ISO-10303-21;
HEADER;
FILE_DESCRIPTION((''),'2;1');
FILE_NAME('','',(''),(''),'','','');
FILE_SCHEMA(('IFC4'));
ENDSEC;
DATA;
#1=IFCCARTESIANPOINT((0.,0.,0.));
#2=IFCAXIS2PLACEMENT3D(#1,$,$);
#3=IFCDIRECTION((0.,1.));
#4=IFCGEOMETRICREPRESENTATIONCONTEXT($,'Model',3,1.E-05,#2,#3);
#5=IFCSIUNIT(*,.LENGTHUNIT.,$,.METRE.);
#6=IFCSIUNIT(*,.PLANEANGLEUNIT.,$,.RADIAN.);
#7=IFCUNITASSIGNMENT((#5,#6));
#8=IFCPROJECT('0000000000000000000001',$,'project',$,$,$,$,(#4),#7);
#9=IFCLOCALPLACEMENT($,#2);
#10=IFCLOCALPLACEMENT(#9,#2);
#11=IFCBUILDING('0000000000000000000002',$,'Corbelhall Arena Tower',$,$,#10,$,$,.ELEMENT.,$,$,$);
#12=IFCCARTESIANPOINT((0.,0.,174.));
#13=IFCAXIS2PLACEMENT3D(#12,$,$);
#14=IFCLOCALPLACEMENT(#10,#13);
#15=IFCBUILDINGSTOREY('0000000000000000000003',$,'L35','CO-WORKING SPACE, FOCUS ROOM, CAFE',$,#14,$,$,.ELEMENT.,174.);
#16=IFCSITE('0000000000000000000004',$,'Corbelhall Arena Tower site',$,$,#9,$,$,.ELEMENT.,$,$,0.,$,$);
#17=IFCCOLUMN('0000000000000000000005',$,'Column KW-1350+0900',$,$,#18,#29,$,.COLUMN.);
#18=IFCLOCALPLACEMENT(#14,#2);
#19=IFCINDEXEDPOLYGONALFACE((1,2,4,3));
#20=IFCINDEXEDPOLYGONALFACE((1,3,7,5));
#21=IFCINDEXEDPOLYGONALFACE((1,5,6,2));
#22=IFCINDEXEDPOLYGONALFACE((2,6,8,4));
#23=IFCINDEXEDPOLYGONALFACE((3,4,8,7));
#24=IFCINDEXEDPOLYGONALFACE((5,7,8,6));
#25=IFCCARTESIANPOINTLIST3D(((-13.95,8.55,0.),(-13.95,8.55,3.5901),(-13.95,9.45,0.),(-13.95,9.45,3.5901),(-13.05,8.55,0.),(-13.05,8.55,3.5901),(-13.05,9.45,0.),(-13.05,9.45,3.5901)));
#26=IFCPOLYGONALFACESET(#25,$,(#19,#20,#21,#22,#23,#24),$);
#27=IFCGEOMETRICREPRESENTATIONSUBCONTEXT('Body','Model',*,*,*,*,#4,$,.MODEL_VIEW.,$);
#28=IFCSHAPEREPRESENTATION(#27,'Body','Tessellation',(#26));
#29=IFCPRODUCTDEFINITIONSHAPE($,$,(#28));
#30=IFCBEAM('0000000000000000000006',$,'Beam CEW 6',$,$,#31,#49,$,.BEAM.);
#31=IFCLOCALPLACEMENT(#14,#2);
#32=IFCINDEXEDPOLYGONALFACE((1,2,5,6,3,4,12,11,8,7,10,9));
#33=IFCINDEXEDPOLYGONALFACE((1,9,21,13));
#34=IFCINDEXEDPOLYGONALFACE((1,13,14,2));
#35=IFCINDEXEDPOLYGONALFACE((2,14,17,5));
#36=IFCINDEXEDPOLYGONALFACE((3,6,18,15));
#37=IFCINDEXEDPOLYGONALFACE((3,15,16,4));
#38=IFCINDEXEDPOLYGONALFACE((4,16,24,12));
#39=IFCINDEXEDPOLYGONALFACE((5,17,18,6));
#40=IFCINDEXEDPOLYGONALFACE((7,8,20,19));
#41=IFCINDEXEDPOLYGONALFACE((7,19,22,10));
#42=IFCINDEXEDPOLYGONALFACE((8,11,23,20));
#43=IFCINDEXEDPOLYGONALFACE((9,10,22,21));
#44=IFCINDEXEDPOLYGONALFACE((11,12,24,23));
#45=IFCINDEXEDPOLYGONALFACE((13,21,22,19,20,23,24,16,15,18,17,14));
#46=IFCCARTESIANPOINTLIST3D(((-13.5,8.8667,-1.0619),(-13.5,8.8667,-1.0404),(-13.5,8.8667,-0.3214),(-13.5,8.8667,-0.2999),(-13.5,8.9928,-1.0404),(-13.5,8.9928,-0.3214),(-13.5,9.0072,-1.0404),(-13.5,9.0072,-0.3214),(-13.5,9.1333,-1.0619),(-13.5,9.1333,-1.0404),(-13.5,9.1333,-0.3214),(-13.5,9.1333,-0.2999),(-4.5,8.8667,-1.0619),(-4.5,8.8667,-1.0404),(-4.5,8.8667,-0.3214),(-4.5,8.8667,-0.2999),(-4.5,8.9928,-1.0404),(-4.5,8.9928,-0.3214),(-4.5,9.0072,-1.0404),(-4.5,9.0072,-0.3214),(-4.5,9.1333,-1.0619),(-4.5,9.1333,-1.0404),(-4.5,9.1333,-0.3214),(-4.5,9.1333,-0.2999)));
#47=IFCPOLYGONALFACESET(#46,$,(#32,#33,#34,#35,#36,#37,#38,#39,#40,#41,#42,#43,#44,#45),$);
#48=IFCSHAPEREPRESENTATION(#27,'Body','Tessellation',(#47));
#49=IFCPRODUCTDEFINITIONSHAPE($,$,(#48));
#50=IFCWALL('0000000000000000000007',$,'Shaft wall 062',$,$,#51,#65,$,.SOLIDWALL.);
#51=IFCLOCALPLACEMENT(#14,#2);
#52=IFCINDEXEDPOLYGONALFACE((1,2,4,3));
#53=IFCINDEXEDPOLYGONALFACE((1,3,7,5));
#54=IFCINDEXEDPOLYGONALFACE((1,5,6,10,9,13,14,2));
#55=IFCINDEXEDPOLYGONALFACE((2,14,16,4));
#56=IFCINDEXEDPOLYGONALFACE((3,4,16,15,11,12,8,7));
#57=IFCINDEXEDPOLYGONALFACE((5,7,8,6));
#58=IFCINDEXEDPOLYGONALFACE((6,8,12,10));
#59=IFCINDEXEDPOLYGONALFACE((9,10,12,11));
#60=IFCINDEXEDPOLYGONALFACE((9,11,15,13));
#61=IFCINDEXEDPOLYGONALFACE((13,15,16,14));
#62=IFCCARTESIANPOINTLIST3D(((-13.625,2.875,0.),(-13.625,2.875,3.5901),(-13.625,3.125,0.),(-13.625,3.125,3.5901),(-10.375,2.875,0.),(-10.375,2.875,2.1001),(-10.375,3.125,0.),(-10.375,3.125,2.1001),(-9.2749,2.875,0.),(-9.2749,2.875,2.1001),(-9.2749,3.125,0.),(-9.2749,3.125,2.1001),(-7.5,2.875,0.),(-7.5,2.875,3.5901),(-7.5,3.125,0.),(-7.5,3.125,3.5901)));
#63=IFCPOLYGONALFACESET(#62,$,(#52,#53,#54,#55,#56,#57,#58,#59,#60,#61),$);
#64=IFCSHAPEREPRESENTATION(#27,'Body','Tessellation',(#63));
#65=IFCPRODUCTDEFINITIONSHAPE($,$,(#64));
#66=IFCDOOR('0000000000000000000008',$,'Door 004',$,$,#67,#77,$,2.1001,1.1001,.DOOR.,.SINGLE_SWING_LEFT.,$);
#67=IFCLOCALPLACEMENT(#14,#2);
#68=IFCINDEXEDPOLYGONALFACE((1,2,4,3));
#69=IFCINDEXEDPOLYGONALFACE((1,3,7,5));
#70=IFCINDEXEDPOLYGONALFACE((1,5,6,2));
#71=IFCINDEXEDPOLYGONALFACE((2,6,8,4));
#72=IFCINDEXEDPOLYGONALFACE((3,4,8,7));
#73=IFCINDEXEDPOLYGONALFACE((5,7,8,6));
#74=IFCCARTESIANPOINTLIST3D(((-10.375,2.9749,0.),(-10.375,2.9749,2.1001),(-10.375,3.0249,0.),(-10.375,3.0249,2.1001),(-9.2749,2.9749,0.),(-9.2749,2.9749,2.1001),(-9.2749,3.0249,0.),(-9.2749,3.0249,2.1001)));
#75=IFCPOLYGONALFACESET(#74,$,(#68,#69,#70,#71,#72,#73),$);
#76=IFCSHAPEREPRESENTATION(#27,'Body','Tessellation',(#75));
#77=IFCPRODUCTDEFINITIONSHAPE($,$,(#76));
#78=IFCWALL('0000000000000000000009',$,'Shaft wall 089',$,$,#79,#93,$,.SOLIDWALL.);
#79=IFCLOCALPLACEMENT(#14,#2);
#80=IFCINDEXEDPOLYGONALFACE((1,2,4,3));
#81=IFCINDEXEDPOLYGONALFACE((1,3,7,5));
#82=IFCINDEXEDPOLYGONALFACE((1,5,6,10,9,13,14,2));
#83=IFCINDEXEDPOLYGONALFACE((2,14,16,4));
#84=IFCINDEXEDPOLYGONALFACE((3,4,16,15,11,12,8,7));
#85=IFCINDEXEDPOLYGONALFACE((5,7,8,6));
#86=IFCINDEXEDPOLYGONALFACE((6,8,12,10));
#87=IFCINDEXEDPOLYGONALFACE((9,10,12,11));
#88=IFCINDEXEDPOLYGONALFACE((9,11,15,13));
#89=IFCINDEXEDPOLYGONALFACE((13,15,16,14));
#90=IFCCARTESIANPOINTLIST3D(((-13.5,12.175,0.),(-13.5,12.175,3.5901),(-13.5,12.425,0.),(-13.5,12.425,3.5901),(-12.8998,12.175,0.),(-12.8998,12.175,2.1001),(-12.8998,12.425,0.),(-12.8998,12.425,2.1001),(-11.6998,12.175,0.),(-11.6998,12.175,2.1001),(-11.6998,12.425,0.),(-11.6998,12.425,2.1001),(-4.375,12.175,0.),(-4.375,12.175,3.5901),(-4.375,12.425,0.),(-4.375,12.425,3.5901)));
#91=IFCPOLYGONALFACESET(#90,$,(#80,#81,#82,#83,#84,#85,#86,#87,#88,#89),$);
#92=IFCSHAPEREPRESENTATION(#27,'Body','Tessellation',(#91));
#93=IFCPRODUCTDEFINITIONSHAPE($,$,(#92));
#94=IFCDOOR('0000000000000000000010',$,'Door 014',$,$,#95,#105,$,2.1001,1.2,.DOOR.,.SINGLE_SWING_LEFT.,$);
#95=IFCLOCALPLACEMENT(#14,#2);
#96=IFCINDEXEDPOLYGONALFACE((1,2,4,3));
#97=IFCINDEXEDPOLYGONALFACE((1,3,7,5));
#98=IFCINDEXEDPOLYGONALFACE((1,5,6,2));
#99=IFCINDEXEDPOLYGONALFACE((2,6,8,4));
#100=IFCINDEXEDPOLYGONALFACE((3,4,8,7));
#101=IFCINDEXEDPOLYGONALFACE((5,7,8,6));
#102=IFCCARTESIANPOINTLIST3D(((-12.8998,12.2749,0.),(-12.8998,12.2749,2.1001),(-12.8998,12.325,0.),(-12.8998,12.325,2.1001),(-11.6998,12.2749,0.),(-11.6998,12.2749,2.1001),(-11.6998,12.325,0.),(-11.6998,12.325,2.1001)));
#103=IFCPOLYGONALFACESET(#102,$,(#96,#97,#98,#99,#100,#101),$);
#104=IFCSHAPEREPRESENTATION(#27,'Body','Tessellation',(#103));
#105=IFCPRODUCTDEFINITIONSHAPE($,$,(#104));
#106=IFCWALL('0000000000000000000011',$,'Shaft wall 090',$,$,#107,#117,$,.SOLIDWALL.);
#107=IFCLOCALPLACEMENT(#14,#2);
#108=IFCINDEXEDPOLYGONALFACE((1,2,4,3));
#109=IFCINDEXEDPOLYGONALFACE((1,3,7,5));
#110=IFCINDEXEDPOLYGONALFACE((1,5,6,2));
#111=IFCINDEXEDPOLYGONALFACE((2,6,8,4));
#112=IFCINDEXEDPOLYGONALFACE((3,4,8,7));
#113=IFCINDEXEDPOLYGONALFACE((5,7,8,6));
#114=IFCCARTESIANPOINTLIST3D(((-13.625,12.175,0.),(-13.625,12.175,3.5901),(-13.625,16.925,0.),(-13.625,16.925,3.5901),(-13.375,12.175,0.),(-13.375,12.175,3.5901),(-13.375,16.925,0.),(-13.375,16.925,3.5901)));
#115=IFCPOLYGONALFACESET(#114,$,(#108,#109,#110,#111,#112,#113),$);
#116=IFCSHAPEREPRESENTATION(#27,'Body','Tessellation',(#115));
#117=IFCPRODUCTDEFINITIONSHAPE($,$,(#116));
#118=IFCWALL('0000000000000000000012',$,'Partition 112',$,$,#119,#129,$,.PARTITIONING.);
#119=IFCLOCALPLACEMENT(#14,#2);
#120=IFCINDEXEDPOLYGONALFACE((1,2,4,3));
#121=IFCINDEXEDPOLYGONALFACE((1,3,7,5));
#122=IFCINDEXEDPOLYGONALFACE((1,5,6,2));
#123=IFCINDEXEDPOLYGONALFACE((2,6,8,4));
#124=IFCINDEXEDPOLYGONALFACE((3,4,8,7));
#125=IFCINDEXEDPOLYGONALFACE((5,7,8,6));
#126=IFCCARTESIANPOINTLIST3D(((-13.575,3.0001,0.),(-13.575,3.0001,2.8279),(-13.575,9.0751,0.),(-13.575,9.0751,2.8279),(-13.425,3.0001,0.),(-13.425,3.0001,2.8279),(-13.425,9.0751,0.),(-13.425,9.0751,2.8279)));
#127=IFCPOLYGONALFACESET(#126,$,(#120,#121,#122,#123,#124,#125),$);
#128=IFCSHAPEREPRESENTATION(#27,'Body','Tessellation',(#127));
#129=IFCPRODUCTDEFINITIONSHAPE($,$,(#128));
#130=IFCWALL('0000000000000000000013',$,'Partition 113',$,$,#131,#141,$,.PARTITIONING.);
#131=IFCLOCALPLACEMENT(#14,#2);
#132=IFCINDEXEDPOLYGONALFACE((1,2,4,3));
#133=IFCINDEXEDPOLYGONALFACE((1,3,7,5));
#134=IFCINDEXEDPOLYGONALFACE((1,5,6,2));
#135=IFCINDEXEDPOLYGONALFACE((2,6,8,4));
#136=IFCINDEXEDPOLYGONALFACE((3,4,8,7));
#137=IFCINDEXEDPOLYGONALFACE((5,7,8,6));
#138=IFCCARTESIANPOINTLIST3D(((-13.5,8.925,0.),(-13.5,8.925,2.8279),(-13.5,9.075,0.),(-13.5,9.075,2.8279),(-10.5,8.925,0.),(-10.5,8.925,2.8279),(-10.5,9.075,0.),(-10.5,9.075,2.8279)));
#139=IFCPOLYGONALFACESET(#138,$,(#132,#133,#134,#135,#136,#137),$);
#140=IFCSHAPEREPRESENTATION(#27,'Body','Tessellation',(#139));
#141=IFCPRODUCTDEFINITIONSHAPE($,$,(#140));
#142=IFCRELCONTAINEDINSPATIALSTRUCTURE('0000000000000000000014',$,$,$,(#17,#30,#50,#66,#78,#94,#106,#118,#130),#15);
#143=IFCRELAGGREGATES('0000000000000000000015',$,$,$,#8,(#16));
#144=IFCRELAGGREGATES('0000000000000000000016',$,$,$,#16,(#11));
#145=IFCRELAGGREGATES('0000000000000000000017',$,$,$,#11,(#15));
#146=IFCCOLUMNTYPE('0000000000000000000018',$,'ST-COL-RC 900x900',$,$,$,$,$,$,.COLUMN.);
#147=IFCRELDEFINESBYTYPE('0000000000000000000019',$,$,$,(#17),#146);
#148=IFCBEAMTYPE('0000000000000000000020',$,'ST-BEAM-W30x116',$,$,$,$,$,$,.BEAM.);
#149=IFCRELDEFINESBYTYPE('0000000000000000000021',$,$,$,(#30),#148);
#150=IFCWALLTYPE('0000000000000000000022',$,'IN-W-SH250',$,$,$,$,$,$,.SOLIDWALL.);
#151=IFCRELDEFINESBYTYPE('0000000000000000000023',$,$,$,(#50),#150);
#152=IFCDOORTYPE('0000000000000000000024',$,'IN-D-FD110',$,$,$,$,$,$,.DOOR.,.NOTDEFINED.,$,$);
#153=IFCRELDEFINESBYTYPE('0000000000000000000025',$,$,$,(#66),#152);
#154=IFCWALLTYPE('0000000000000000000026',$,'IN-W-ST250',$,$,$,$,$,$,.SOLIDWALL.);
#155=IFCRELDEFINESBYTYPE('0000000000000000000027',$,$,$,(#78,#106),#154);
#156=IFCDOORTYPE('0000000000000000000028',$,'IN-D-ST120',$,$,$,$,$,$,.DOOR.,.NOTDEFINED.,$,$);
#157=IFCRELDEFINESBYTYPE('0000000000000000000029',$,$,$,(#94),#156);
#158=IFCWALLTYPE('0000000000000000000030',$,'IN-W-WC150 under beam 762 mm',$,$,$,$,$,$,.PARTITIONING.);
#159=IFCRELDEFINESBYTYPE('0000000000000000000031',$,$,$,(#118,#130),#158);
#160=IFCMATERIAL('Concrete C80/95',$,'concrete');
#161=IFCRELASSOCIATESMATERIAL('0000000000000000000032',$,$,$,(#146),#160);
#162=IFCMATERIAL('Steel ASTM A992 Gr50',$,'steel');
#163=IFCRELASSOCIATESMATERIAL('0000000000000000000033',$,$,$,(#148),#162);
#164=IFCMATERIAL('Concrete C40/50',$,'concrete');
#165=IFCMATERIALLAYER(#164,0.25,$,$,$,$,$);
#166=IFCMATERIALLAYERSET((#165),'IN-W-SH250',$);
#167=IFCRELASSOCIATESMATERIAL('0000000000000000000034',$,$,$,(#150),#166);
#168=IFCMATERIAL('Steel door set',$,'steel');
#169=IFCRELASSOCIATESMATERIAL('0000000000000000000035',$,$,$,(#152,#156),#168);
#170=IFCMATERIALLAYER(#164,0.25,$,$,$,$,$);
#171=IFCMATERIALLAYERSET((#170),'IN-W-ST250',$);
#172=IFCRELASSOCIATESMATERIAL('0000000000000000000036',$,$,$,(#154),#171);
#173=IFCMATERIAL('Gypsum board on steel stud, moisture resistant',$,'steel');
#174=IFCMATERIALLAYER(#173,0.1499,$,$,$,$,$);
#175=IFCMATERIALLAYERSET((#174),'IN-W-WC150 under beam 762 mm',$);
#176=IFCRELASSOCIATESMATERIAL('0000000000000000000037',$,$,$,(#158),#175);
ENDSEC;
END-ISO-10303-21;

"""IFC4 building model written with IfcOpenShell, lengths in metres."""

from ifc_helpers import new_model, si_unit, direction, frame, frame_2d, origin, origin_2d, place, context, subcontext, project, spatial, rectangle, i_section, extrude, material, layer, layer_set, material_profile, profile_set, type_object, element, fill, save


model = new_model("IFC4")

# Units and contexts
model_context = context("Model", 3, precision=1e-05, world=origin(), true_north=direction((0.0, 1.0)))
body_context = subcontext(model_context, "Body", "Model", "MODEL_VIEW")
ifc_project = project(units=[si_unit("LENGTHUNIT", "METRE"), si_unit("PLANEANGLEUNIT", "RADIAN")], contexts=[model_context])

# Site, building, storey
site_placement = place(None, origin())
site = spatial("IfcSite", under=ifc_project, at=site_placement, Name="Corbelhall Arena Tower site", CompositionType="ELEMENT", RefElevation=0.0)
building_placement = place(site_placement, origin())
building = spatial("IfcBuilding", under=site, at=building_placement, Name="Corbelhall Arena Tower", CompositionType="ELEMENT")
storey_placement = place(building_placement, frame((0.0, 0.0, 174.0)))
storey = spatial("IfcBuildingStorey", under=building, at=storey_placement, Name="L35", Description="CO-WORKING SPACE, FOCUS ROOM, CAFE", CompositionType="ELEMENT", Elevation=174.0)

# Column
ifc_material_1 = material(Name="Concrete C80/95", Category="concrete")
ifc_material_profile_1 = material_profile(ifc_material_1, rectangle(XDim=0.8999, YDim=0.8999, at=origin_2d()))
ifc_profile_set_1 = profile_set([ifc_material_profile_1], Name="Concrete C80/95")
column_type = type_object("IfcColumnType", Name="ST-COL-RC 900x900", PredefinedType="COLUMN", material=ifc_profile_set_1)
column_placement = place(storey_placement, frame((-13.5, 9.0, 0.0), z_axis=(0.0, 0.0, 1.0), x_axis=(1.0, 0.0, 0.0)))
element("IfcColumn", 1, at=column_placement, inside=storey, type_object=column_type, Name="Column KW-1350+0900", PredefinedType="COLUMN", context=body_context, shape_type="SweptSolid", body=[
    extrude(rectangle(XDim=0.8999, YDim=0.8999, at=origin_2d()), origin(), (0.0, 0.0, 1.0), 3.5901),
])

# Beam
ifc_material_2 = material(Name="Steel ASTM A992 Gr50", Category="steel")
ifc_material_profile_2 = material_profile(ifc_material_2, i_section(OverallWidth=0.2666, OverallDepth=0.762, WebThickness=0.0144, FlangeThickness=0.0215, at=origin_2d()))
ifc_profile_set_2 = profile_set([ifc_material_profile_2], Name="Steel ASTM A992 Gr50")
beam_type = type_object("IfcBeamType", Name="ST-BEAM-W30x116", PredefinedType="BEAM", material=ifc_profile_set_2)
beam_placement = place(storey_placement, frame((-13.5, 9.0, -0.6809), z_axis=(1.0, 0.0, 0.0), x_axis=(0.0, 1.0, 0.0)))
element("IfcBeam", 2, at=beam_placement, inside=storey, type_object=beam_type, Name="Beam CEW 6", PredefinedType="BEAM", context=body_context, shape_type="SweptSolid", body=[
    extrude(i_section(OverallWidth=0.2666, OverallDepth=0.762, WebThickness=0.0144, FlangeThickness=0.0215, at=origin_2d()), origin(), (0.0, 0.0, 1.0), 9.0),
])

# Shared definitions
ifc_material_3 = material(Name="Steel door set", Category="steel")

# Walls, openings, doors
ifc_material_4 = material(Name="Concrete C40/50", Category="concrete")
ifc_layer_1 = layer(ifc_material_4, 0.25)
ifc_layer_set_1 = layer_set([ifc_layer_1], Name="IN-W-SH250")
wall_type_1 = type_object("IfcWallType", Name="IN-W-SH250", PredefinedType="SOLIDWALL", material=ifc_layer_set_1)
wall_1_placement = place(storey_placement, frame((-13.625, 3.0, 0.0), z_axis=(0.0, 0.0, 1.0), x_axis=(1.0, 0.0, 0.0)))
wall_1 = element("IfcWall", 3, at=wall_1_placement, inside=storey, type_object=wall_type_1, Name="Shaft wall 062", PredefinedType="SOLIDWALL", context=body_context, shape_type="SweptSolid", body=[
    extrude(rectangle(XDim=6.125, YDim=0.25, at=frame_2d((3.0625, 0.0))), origin(), (0.0, 0.0, 1.0), 3.5901),
])
opening_1_placement = place(wall_1_placement, frame((3.25, 0.0, 0.0)))
opening_1 = element("IfcOpeningElement", 4, at=opening_1_placement, cuts=wall_1, PredefinedType="OPENING", context=body_context, shape_type="SweptSolid", body=[
    extrude(rectangle(XDim=1.1001, YDim=2.1001, at=frame_2d((0.55, 1.05))), frame((0.0, 0.125, 0.0), z_axis=(0.0, -1.0, 0.0), x_axis=(1.0, 0.0, 0.0)), (0.0, 0.0, 1.0), 0.25),
])
door_type_1 = type_object("IfcDoorType", Name="IN-D-FD110", OperationType="NOTDEFINED", PredefinedType="DOOR", material=ifc_material_3)
door_1_placement = place(opening_1_placement, origin())
door_1 = element("IfcDoor", 5, at=door_1_placement, inside=storey, type_object=door_type_1, Name="Door 004", OperationType="SINGLE_SWING_LEFT", OverallHeight=2.1001, OverallWidth=1.1001, PredefinedType="DOOR", context=body_context, shape_type="SweptSolid", body=[
    extrude(rectangle(XDim=1.1001, YDim=2.1001, at=frame_2d((0.55, 1.05))), frame((0.0, 0.0249, 0.0), z_axis=(0.0, -1.0, 0.0), x_axis=(1.0, 0.0, 0.0)), (0.0, 0.0, 1.0), 0.05),
])
fill(opening_1, door_1)
ifc_layer_2 = layer(ifc_material_4, 0.25)
ifc_layer_set_2 = layer_set([ifc_layer_2], Name="IN-W-ST250")
wall_type_2 = type_object("IfcWallType", Name="IN-W-ST250", PredefinedType="SOLIDWALL", material=ifc_layer_set_2)
wall_2_placement = place(storey_placement, frame((-13.5, 12.3, 0.0), z_axis=(0.0, 0.0, 1.0), x_axis=(1.0, 0.0, 0.0)))
wall_2 = element("IfcWall", 6, at=wall_2_placement, inside=storey, type_object=wall_type_2, Name="Shaft wall 089", PredefinedType="SOLIDWALL", context=body_context, shape_type="SweptSolid", body=[
    extrude(rectangle(XDim=9.125, YDim=0.25, at=frame_2d((4.5625, 0.0))), origin(), (0.0, 0.0, 1.0), 3.5901),
])
opening_2_placement = place(wall_2_placement, frame((0.6001, 0.0, 0.0)))
opening_2 = element("IfcOpeningElement", 7, at=opening_2_placement, cuts=wall_2, PredefinedType="OPENING", context=body_context, shape_type="SweptSolid", body=[
    extrude(rectangle(XDim=1.2, YDim=2.1001, at=frame_2d((0.6001, 1.05))), frame((0.0, 0.125, 0.0), z_axis=(0.0, -1.0, 0.0), x_axis=(1.0, 0.0, 0.0)), (0.0, 0.0, 1.0), 0.25),
])
door_type_2 = type_object("IfcDoorType", Name="IN-D-ST120", OperationType="NOTDEFINED", PredefinedType="DOOR", material=ifc_material_3)
door_2_placement = place(opening_2_placement, origin())
door_2 = element("IfcDoor", 8, at=door_2_placement, inside=storey, type_object=door_type_2, Name="Door 014", OperationType="SINGLE_SWING_LEFT", OverallHeight=2.1001, OverallWidth=1.2, PredefinedType="DOOR", context=body_context, shape_type="SweptSolid", body=[
    extrude(rectangle(XDim=1.2, YDim=2.1001, at=frame_2d((0.6001, 1.05))), frame((0.0, 0.0249, 0.0), z_axis=(0.0, -1.0, 0.0), x_axis=(1.0, 0.0, 0.0)), (0.0, 0.0, 1.0), 0.05),
])
fill(opening_2, door_2)

# Walls
wall_3_placement = place(storey_placement, frame((-13.5, 12.175, 0.0), z_axis=(0.0, 0.0, 1.0), x_axis=(0.0, 1.0, 0.0)))
element("IfcWall", 9, at=wall_3_placement, inside=storey, type_object=wall_type_2, Name="Shaft wall 090", PredefinedType="SOLIDWALL", context=body_context, shape_type="SweptSolid", body=[
    extrude(rectangle(XDim=4.75, YDim=0.25, at=frame_2d((2.375, 0.0))), origin(), (0.0, 0.0, 1.0), 3.5901),
])
ifc_material_5 = material(Name="Gypsum board on steel stud, moisture resistant", Category="steel")
ifc_layer_3 = layer(ifc_material_5, 0.1499)
ifc_layer_set_3 = layer_set([ifc_layer_3], Name="IN-W-WC150 under beam 762 mm")
wall_type_3 = type_object("IfcWallType", Name="IN-W-WC150 under beam 762 mm", PredefinedType="PARTITIONING", material=ifc_layer_set_3)
wall_4_placement = place(storey_placement, frame((-13.5, 3.0, 0.0), z_axis=(0.0, 0.0, 1.0), x_axis=(0.0, 1.0, 0.0)))
element("IfcWall", 10, at=wall_4_placement, inside=storey, type_object=wall_type_3, Name="Partition 112", PredefinedType="PARTITIONING", context=body_context, shape_type="SweptSolid", body=[
    extrude(rectangle(XDim=6.075, YDim=0.1499, at=frame_2d((3.0376, 0.0))), origin(), (0.0, 0.0, 1.0), 2.8279),
])
wall_5_placement = place(storey_placement, frame((-13.5, 9.0, 0.0), z_axis=(0.0, 0.0, 1.0), x_axis=(1.0, 0.0, 0.0)))
element("IfcWall", 11, at=wall_5_placement, inside=storey, type_object=wall_type_3, Name="Partition 113", PredefinedType="PARTITIONING", context=body_context, shape_type="SweptSolid", body=[
    extrude(rectangle(XDim=3.0, YDim=0.1499, at=frame_2d((1.5, 0.0))), origin(), (0.0, 0.0, 1.0), 2.8279),
])

save(model, "model.ifc")
